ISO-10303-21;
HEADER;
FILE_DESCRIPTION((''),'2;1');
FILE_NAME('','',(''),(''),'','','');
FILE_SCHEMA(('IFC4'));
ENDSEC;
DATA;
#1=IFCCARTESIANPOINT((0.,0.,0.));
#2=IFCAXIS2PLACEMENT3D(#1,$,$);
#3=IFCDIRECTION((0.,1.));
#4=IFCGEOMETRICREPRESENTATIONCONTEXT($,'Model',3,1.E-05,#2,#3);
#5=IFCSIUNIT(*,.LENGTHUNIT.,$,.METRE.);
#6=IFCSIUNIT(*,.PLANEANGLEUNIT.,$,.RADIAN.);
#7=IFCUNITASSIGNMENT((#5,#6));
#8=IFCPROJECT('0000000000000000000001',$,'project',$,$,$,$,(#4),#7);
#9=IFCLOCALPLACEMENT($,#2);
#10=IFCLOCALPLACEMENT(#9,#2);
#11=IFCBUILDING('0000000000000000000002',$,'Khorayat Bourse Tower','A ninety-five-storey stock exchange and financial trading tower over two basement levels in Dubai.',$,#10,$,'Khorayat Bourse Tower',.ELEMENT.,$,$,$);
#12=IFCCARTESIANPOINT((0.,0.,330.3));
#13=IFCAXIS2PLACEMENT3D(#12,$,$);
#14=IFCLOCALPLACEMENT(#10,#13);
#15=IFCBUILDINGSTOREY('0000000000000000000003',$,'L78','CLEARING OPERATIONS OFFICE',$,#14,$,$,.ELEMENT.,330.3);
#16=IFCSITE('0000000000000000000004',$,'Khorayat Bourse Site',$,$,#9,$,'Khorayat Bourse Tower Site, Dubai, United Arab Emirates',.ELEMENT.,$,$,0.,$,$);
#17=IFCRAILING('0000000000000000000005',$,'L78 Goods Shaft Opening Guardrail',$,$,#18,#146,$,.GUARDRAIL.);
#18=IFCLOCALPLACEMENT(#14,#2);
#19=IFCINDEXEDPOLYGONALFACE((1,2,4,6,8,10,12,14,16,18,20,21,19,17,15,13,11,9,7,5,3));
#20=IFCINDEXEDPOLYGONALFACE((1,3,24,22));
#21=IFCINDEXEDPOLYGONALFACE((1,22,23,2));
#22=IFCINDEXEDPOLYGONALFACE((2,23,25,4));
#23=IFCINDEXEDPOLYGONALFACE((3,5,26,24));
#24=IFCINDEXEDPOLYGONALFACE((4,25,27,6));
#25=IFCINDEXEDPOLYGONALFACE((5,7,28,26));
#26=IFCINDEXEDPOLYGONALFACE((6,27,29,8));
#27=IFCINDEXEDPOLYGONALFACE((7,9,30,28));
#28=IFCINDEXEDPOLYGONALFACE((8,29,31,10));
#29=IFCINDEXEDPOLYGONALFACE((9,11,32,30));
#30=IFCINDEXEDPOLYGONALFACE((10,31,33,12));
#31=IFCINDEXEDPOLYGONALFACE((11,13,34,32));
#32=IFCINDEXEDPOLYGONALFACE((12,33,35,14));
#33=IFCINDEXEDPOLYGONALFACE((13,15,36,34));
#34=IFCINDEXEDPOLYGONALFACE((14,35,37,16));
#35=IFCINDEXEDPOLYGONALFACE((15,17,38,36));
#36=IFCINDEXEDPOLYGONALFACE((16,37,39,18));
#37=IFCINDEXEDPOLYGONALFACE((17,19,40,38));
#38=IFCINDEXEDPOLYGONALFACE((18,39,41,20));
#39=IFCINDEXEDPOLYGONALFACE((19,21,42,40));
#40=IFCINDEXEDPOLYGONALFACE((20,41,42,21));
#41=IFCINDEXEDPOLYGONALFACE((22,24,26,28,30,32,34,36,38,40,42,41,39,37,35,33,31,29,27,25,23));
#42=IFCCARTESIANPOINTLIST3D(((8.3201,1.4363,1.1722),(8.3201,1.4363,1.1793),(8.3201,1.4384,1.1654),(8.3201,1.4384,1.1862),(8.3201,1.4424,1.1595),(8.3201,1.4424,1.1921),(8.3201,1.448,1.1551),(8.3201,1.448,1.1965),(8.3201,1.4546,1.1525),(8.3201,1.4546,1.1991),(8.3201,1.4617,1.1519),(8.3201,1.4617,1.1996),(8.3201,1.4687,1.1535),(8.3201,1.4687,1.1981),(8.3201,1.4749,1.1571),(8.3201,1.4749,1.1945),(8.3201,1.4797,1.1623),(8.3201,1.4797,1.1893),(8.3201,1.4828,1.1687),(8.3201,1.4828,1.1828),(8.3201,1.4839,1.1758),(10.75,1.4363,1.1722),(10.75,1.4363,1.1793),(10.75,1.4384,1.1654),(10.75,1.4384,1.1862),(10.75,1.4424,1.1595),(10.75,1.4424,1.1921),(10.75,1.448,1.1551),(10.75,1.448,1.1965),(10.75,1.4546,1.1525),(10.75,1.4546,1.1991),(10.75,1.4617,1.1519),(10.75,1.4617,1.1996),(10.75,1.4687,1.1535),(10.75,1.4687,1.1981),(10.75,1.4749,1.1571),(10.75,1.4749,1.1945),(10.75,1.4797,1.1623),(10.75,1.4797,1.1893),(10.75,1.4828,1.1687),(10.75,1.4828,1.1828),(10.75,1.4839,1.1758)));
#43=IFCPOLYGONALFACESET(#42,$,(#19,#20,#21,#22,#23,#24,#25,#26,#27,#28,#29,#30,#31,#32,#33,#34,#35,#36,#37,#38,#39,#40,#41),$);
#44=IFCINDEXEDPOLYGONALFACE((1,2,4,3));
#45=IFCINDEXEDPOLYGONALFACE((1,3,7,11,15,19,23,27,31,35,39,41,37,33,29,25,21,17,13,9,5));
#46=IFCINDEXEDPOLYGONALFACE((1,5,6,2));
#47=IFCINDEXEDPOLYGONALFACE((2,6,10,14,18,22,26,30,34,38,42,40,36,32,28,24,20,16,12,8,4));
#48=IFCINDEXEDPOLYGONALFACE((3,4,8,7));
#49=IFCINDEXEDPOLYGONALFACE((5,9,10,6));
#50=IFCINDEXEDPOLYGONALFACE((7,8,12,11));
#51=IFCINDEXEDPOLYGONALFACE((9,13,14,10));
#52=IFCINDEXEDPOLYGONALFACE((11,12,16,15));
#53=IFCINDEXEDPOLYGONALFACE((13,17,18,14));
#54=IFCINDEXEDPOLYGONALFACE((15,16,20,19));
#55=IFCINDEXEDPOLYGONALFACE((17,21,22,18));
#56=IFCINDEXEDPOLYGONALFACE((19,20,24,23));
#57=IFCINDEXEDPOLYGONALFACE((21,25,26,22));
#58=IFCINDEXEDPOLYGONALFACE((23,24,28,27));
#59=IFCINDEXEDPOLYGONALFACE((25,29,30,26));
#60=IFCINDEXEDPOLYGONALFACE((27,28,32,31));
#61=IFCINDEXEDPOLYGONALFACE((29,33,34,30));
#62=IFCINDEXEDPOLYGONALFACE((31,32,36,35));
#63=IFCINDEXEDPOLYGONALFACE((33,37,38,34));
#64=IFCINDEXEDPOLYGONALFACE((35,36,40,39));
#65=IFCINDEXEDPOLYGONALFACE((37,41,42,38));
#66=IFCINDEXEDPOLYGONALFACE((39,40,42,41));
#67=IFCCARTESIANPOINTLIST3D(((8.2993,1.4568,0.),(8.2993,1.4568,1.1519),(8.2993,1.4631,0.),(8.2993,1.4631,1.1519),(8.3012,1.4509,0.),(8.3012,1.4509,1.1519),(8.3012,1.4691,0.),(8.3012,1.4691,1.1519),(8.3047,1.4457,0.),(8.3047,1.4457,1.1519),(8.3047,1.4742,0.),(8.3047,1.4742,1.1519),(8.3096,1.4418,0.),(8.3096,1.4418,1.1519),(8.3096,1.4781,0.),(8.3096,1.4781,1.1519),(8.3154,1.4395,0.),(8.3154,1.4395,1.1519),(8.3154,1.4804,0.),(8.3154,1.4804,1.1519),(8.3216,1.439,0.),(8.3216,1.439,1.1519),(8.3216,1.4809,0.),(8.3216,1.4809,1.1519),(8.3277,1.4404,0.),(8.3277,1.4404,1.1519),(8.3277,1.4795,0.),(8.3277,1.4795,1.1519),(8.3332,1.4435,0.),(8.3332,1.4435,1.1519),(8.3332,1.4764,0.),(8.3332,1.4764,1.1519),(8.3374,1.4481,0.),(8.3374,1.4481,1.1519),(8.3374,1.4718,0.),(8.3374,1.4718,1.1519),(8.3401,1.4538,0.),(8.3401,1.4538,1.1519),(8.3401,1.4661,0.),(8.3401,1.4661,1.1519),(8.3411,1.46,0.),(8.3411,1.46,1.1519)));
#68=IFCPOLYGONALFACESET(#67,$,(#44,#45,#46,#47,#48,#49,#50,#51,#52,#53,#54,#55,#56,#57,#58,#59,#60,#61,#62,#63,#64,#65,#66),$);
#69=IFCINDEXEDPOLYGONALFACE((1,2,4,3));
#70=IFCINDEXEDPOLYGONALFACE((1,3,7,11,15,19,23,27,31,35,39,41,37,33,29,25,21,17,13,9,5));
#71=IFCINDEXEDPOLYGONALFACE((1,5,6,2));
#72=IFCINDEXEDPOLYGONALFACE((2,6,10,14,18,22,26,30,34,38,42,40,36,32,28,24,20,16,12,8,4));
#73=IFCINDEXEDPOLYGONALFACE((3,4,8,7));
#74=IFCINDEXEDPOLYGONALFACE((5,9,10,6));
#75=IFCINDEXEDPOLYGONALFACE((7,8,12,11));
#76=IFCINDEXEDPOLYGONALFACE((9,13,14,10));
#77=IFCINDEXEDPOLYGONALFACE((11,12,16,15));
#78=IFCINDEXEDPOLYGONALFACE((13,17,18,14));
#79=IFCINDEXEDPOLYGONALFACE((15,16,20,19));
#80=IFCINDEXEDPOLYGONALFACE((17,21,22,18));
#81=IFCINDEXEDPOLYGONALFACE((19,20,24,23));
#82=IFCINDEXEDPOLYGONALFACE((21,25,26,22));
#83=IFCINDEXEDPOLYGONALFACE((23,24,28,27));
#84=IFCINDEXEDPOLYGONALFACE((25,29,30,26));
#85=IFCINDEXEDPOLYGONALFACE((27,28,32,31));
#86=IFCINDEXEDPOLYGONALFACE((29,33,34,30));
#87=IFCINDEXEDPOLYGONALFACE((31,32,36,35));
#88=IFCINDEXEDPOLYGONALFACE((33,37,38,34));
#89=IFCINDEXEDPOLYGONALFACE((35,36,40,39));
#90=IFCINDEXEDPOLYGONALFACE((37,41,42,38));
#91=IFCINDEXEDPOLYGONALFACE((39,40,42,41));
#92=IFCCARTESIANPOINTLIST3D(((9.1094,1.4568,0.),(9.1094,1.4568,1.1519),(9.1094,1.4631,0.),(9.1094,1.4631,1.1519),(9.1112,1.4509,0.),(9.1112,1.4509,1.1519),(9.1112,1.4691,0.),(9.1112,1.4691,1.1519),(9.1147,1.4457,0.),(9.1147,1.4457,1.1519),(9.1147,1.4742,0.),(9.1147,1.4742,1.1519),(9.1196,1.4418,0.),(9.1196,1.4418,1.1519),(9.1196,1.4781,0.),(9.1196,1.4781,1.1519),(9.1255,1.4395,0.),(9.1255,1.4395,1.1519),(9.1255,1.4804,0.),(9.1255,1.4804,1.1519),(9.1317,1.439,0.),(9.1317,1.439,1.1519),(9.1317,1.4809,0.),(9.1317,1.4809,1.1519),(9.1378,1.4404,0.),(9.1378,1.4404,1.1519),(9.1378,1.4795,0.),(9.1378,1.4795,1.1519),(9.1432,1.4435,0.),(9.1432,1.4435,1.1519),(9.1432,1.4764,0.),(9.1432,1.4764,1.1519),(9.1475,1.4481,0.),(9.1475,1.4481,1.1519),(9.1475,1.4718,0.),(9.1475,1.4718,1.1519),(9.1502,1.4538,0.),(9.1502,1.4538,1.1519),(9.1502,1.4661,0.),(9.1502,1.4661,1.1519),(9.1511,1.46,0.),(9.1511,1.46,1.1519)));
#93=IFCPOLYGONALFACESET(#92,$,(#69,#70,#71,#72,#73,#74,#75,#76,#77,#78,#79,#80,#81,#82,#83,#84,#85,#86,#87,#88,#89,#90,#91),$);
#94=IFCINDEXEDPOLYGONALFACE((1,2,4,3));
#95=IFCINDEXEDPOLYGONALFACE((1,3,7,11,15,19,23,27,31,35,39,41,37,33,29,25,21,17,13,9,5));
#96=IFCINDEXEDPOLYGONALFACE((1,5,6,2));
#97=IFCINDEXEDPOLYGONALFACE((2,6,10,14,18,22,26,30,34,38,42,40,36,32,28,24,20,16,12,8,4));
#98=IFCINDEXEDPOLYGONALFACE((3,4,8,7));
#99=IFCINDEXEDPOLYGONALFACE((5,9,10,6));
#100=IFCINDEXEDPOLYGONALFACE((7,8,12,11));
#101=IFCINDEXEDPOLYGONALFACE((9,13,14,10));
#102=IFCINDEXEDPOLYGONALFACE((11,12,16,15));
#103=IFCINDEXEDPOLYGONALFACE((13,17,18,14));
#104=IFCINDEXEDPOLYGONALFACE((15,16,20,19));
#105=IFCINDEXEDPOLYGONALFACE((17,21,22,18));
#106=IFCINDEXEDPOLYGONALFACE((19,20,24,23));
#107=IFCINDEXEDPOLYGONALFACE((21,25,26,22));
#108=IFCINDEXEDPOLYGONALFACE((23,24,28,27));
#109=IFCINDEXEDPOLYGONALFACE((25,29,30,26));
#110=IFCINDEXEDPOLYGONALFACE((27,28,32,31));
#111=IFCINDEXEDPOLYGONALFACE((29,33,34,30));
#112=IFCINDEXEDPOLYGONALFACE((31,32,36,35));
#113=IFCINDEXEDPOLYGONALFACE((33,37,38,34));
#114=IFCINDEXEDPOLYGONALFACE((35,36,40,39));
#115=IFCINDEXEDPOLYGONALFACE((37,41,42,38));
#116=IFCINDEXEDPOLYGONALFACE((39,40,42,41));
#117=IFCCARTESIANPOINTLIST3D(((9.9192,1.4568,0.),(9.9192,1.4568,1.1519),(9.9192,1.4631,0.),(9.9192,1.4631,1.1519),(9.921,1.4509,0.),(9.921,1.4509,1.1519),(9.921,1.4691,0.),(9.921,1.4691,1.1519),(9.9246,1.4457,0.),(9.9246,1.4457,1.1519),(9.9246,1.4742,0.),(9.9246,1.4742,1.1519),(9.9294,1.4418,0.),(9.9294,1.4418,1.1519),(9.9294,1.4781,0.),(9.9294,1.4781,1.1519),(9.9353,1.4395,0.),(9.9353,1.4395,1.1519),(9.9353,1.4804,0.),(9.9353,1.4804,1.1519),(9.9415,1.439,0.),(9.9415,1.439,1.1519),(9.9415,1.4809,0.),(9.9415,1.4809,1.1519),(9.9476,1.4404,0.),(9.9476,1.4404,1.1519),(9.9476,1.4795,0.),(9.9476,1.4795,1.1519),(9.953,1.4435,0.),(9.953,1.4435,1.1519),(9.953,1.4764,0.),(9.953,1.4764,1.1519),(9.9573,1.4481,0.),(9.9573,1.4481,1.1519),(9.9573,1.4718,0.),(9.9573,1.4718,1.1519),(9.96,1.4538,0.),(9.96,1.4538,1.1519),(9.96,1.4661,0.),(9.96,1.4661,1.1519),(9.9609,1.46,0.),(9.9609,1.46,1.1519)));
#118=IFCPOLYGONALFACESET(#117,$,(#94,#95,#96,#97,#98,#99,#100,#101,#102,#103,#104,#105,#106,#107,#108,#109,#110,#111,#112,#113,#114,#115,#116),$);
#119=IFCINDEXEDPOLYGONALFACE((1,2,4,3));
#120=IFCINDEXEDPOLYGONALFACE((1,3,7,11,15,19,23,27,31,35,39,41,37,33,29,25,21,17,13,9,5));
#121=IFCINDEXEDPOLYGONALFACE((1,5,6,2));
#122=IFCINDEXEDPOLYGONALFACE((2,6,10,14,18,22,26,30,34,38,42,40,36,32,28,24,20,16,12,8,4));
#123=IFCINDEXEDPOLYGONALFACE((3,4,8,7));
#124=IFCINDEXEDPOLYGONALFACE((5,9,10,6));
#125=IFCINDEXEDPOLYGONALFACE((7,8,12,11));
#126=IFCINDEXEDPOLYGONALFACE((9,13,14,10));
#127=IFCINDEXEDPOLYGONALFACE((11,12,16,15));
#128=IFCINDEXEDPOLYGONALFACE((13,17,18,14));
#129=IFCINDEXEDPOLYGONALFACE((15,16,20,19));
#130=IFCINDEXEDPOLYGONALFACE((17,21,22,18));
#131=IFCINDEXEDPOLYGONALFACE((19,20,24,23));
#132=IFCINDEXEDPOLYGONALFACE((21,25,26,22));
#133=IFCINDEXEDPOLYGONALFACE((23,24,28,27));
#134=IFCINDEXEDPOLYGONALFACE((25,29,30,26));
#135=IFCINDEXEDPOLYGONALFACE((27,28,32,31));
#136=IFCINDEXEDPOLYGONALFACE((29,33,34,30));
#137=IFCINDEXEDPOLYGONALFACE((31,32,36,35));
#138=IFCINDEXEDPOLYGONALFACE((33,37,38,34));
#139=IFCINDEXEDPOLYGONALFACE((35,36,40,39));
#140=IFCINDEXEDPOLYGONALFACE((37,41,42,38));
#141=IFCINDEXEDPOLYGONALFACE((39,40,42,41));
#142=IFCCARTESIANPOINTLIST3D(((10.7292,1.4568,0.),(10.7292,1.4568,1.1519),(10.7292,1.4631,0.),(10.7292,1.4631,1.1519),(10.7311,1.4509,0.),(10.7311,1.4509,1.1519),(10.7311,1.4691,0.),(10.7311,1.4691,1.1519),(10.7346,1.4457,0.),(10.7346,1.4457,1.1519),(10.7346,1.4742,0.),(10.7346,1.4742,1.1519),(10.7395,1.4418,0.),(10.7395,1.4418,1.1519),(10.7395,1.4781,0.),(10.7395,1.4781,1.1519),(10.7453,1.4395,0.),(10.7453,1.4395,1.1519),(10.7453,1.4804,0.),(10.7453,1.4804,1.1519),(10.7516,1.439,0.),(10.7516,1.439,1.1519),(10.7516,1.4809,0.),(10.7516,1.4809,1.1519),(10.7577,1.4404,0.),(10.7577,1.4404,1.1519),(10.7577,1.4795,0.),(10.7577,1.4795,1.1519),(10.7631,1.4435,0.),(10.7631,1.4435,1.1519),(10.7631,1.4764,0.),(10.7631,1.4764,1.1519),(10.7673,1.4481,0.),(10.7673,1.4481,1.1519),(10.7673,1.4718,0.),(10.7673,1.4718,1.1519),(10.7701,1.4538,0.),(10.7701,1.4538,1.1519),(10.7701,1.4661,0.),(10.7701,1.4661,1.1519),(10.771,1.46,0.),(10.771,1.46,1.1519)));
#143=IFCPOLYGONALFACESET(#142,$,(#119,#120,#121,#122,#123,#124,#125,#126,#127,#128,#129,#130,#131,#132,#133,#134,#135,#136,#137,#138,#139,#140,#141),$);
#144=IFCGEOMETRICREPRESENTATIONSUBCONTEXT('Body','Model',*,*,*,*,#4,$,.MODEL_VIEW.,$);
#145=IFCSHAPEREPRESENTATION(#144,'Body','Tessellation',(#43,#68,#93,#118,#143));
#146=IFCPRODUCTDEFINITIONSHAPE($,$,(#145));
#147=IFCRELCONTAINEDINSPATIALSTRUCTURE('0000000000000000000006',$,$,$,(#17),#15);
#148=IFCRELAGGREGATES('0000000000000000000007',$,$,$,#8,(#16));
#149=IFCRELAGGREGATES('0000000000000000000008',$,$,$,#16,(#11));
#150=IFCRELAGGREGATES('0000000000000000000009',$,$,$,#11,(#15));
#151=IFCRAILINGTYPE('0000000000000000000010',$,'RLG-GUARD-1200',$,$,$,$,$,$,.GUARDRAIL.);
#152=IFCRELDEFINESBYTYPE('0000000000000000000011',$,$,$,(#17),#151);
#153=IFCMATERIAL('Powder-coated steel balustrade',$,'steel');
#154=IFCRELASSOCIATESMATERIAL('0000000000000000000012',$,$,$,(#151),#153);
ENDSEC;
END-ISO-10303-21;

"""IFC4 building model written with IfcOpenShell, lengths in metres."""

from ifc_helpers import new_model, si_unit, direction, frame, origin, origin_2d, place, context, subcontext, project, spatial, circle, extrude, source, transform, mapped, material, type_object, element, save


model = new_model("IFC4")

# Units and contexts
model_context = context("Model", 3, precision=1e-05, world=origin(), true_north=direction((0.0, 1.0)))
body_context = subcontext(model_context, "Body", "Model", "MODEL_VIEW")
ifc_project = project(units=[si_unit("LENGTHUNIT", "METRE"), si_unit("PLANEANGLEUNIT", "RADIAN")], contexts=[model_context])

# Site, building, storey
site_placement = place(None, origin())
site = spatial("IfcSite", under=ifc_project, at=site_placement, Name="Khorayat Bourse Site", LongName="Khorayat Bourse Tower Site, Dubai, United Arab Emirates", CompositionType="ELEMENT", RefElevation=0.0)
building_placement = place(site_placement, origin())
building = spatial("IfcBuilding", under=site, at=building_placement, Name="Khorayat Bourse Tower", Description="A ninety-five-storey stock exchange and financial trading tower over two basement levels in Dubai.", LongName="Khorayat Bourse Tower", CompositionType="ELEMENT")
storey_placement = place(building_placement, frame((0.0, 0.0, 330.3)))
storey = spatial("IfcBuildingStorey", under=building, at=storey_placement, Name="L78", Description="CLEARING OPERATIONS OFFICE", CompositionType="ELEMENT", Elevation=330.3)

# Railing
ifc_material_1 = material(Name="Powder-coated steel balustrade", Category="steel")
railing_type = type_object("IfcRailingType", Name="RLG-GUARD-1200", PredefinedType="GUARDRAIL", material=ifc_material_1)
shared_shape_1 = source(origin(), body_context, "Body", "SweptSolid", [
    extrude(circle(Radius=0.0239, at=origin_2d()), frame((0.0, 0.0, 1.1758), z_axis=(1.0, 0.0, 0.0), x_axis=(0.0, 1.0, 0.0)), (0.0, 0.0, 1.0), 2.4299),
    extrude(circle(Radius=0.021, at=origin_2d()), origin(), (0.0, 0.0, 1.0), 1.1519),
    extrude(circle(Radius=0.021, at=origin_2d()), frame((0.8101, 0.0, 0.0)), (0.0, 0.0, 1.0), 1.1519),
    extrude(circle(Radius=0.021, at=origin_2d()), frame((1.6199, 0.0, 0.0)), (0.0, 0.0, 1.0), 1.1519),
    extrude(circle(Radius=0.021, at=origin_2d()), frame((2.4299, 0.0, 0.0)), (0.0, 0.0, 1.0), 1.1519),
])
railing_placement = place(storey_placement, frame((8.3201, 1.46, 0.0)))
element("IfcRailing", 1, at=railing_placement, inside=storey, type_object=railing_type, Name="L78 Goods Shaft Opening Guardrail", PredefinedType="GUARDRAIL", context=body_context, shape_type="MappedRepresentation", body=[
    mapped(shared_shape_1, transform((0.0, 0.0, 0.0), scale=1.0)),
])

save(model, "model.ifc")
